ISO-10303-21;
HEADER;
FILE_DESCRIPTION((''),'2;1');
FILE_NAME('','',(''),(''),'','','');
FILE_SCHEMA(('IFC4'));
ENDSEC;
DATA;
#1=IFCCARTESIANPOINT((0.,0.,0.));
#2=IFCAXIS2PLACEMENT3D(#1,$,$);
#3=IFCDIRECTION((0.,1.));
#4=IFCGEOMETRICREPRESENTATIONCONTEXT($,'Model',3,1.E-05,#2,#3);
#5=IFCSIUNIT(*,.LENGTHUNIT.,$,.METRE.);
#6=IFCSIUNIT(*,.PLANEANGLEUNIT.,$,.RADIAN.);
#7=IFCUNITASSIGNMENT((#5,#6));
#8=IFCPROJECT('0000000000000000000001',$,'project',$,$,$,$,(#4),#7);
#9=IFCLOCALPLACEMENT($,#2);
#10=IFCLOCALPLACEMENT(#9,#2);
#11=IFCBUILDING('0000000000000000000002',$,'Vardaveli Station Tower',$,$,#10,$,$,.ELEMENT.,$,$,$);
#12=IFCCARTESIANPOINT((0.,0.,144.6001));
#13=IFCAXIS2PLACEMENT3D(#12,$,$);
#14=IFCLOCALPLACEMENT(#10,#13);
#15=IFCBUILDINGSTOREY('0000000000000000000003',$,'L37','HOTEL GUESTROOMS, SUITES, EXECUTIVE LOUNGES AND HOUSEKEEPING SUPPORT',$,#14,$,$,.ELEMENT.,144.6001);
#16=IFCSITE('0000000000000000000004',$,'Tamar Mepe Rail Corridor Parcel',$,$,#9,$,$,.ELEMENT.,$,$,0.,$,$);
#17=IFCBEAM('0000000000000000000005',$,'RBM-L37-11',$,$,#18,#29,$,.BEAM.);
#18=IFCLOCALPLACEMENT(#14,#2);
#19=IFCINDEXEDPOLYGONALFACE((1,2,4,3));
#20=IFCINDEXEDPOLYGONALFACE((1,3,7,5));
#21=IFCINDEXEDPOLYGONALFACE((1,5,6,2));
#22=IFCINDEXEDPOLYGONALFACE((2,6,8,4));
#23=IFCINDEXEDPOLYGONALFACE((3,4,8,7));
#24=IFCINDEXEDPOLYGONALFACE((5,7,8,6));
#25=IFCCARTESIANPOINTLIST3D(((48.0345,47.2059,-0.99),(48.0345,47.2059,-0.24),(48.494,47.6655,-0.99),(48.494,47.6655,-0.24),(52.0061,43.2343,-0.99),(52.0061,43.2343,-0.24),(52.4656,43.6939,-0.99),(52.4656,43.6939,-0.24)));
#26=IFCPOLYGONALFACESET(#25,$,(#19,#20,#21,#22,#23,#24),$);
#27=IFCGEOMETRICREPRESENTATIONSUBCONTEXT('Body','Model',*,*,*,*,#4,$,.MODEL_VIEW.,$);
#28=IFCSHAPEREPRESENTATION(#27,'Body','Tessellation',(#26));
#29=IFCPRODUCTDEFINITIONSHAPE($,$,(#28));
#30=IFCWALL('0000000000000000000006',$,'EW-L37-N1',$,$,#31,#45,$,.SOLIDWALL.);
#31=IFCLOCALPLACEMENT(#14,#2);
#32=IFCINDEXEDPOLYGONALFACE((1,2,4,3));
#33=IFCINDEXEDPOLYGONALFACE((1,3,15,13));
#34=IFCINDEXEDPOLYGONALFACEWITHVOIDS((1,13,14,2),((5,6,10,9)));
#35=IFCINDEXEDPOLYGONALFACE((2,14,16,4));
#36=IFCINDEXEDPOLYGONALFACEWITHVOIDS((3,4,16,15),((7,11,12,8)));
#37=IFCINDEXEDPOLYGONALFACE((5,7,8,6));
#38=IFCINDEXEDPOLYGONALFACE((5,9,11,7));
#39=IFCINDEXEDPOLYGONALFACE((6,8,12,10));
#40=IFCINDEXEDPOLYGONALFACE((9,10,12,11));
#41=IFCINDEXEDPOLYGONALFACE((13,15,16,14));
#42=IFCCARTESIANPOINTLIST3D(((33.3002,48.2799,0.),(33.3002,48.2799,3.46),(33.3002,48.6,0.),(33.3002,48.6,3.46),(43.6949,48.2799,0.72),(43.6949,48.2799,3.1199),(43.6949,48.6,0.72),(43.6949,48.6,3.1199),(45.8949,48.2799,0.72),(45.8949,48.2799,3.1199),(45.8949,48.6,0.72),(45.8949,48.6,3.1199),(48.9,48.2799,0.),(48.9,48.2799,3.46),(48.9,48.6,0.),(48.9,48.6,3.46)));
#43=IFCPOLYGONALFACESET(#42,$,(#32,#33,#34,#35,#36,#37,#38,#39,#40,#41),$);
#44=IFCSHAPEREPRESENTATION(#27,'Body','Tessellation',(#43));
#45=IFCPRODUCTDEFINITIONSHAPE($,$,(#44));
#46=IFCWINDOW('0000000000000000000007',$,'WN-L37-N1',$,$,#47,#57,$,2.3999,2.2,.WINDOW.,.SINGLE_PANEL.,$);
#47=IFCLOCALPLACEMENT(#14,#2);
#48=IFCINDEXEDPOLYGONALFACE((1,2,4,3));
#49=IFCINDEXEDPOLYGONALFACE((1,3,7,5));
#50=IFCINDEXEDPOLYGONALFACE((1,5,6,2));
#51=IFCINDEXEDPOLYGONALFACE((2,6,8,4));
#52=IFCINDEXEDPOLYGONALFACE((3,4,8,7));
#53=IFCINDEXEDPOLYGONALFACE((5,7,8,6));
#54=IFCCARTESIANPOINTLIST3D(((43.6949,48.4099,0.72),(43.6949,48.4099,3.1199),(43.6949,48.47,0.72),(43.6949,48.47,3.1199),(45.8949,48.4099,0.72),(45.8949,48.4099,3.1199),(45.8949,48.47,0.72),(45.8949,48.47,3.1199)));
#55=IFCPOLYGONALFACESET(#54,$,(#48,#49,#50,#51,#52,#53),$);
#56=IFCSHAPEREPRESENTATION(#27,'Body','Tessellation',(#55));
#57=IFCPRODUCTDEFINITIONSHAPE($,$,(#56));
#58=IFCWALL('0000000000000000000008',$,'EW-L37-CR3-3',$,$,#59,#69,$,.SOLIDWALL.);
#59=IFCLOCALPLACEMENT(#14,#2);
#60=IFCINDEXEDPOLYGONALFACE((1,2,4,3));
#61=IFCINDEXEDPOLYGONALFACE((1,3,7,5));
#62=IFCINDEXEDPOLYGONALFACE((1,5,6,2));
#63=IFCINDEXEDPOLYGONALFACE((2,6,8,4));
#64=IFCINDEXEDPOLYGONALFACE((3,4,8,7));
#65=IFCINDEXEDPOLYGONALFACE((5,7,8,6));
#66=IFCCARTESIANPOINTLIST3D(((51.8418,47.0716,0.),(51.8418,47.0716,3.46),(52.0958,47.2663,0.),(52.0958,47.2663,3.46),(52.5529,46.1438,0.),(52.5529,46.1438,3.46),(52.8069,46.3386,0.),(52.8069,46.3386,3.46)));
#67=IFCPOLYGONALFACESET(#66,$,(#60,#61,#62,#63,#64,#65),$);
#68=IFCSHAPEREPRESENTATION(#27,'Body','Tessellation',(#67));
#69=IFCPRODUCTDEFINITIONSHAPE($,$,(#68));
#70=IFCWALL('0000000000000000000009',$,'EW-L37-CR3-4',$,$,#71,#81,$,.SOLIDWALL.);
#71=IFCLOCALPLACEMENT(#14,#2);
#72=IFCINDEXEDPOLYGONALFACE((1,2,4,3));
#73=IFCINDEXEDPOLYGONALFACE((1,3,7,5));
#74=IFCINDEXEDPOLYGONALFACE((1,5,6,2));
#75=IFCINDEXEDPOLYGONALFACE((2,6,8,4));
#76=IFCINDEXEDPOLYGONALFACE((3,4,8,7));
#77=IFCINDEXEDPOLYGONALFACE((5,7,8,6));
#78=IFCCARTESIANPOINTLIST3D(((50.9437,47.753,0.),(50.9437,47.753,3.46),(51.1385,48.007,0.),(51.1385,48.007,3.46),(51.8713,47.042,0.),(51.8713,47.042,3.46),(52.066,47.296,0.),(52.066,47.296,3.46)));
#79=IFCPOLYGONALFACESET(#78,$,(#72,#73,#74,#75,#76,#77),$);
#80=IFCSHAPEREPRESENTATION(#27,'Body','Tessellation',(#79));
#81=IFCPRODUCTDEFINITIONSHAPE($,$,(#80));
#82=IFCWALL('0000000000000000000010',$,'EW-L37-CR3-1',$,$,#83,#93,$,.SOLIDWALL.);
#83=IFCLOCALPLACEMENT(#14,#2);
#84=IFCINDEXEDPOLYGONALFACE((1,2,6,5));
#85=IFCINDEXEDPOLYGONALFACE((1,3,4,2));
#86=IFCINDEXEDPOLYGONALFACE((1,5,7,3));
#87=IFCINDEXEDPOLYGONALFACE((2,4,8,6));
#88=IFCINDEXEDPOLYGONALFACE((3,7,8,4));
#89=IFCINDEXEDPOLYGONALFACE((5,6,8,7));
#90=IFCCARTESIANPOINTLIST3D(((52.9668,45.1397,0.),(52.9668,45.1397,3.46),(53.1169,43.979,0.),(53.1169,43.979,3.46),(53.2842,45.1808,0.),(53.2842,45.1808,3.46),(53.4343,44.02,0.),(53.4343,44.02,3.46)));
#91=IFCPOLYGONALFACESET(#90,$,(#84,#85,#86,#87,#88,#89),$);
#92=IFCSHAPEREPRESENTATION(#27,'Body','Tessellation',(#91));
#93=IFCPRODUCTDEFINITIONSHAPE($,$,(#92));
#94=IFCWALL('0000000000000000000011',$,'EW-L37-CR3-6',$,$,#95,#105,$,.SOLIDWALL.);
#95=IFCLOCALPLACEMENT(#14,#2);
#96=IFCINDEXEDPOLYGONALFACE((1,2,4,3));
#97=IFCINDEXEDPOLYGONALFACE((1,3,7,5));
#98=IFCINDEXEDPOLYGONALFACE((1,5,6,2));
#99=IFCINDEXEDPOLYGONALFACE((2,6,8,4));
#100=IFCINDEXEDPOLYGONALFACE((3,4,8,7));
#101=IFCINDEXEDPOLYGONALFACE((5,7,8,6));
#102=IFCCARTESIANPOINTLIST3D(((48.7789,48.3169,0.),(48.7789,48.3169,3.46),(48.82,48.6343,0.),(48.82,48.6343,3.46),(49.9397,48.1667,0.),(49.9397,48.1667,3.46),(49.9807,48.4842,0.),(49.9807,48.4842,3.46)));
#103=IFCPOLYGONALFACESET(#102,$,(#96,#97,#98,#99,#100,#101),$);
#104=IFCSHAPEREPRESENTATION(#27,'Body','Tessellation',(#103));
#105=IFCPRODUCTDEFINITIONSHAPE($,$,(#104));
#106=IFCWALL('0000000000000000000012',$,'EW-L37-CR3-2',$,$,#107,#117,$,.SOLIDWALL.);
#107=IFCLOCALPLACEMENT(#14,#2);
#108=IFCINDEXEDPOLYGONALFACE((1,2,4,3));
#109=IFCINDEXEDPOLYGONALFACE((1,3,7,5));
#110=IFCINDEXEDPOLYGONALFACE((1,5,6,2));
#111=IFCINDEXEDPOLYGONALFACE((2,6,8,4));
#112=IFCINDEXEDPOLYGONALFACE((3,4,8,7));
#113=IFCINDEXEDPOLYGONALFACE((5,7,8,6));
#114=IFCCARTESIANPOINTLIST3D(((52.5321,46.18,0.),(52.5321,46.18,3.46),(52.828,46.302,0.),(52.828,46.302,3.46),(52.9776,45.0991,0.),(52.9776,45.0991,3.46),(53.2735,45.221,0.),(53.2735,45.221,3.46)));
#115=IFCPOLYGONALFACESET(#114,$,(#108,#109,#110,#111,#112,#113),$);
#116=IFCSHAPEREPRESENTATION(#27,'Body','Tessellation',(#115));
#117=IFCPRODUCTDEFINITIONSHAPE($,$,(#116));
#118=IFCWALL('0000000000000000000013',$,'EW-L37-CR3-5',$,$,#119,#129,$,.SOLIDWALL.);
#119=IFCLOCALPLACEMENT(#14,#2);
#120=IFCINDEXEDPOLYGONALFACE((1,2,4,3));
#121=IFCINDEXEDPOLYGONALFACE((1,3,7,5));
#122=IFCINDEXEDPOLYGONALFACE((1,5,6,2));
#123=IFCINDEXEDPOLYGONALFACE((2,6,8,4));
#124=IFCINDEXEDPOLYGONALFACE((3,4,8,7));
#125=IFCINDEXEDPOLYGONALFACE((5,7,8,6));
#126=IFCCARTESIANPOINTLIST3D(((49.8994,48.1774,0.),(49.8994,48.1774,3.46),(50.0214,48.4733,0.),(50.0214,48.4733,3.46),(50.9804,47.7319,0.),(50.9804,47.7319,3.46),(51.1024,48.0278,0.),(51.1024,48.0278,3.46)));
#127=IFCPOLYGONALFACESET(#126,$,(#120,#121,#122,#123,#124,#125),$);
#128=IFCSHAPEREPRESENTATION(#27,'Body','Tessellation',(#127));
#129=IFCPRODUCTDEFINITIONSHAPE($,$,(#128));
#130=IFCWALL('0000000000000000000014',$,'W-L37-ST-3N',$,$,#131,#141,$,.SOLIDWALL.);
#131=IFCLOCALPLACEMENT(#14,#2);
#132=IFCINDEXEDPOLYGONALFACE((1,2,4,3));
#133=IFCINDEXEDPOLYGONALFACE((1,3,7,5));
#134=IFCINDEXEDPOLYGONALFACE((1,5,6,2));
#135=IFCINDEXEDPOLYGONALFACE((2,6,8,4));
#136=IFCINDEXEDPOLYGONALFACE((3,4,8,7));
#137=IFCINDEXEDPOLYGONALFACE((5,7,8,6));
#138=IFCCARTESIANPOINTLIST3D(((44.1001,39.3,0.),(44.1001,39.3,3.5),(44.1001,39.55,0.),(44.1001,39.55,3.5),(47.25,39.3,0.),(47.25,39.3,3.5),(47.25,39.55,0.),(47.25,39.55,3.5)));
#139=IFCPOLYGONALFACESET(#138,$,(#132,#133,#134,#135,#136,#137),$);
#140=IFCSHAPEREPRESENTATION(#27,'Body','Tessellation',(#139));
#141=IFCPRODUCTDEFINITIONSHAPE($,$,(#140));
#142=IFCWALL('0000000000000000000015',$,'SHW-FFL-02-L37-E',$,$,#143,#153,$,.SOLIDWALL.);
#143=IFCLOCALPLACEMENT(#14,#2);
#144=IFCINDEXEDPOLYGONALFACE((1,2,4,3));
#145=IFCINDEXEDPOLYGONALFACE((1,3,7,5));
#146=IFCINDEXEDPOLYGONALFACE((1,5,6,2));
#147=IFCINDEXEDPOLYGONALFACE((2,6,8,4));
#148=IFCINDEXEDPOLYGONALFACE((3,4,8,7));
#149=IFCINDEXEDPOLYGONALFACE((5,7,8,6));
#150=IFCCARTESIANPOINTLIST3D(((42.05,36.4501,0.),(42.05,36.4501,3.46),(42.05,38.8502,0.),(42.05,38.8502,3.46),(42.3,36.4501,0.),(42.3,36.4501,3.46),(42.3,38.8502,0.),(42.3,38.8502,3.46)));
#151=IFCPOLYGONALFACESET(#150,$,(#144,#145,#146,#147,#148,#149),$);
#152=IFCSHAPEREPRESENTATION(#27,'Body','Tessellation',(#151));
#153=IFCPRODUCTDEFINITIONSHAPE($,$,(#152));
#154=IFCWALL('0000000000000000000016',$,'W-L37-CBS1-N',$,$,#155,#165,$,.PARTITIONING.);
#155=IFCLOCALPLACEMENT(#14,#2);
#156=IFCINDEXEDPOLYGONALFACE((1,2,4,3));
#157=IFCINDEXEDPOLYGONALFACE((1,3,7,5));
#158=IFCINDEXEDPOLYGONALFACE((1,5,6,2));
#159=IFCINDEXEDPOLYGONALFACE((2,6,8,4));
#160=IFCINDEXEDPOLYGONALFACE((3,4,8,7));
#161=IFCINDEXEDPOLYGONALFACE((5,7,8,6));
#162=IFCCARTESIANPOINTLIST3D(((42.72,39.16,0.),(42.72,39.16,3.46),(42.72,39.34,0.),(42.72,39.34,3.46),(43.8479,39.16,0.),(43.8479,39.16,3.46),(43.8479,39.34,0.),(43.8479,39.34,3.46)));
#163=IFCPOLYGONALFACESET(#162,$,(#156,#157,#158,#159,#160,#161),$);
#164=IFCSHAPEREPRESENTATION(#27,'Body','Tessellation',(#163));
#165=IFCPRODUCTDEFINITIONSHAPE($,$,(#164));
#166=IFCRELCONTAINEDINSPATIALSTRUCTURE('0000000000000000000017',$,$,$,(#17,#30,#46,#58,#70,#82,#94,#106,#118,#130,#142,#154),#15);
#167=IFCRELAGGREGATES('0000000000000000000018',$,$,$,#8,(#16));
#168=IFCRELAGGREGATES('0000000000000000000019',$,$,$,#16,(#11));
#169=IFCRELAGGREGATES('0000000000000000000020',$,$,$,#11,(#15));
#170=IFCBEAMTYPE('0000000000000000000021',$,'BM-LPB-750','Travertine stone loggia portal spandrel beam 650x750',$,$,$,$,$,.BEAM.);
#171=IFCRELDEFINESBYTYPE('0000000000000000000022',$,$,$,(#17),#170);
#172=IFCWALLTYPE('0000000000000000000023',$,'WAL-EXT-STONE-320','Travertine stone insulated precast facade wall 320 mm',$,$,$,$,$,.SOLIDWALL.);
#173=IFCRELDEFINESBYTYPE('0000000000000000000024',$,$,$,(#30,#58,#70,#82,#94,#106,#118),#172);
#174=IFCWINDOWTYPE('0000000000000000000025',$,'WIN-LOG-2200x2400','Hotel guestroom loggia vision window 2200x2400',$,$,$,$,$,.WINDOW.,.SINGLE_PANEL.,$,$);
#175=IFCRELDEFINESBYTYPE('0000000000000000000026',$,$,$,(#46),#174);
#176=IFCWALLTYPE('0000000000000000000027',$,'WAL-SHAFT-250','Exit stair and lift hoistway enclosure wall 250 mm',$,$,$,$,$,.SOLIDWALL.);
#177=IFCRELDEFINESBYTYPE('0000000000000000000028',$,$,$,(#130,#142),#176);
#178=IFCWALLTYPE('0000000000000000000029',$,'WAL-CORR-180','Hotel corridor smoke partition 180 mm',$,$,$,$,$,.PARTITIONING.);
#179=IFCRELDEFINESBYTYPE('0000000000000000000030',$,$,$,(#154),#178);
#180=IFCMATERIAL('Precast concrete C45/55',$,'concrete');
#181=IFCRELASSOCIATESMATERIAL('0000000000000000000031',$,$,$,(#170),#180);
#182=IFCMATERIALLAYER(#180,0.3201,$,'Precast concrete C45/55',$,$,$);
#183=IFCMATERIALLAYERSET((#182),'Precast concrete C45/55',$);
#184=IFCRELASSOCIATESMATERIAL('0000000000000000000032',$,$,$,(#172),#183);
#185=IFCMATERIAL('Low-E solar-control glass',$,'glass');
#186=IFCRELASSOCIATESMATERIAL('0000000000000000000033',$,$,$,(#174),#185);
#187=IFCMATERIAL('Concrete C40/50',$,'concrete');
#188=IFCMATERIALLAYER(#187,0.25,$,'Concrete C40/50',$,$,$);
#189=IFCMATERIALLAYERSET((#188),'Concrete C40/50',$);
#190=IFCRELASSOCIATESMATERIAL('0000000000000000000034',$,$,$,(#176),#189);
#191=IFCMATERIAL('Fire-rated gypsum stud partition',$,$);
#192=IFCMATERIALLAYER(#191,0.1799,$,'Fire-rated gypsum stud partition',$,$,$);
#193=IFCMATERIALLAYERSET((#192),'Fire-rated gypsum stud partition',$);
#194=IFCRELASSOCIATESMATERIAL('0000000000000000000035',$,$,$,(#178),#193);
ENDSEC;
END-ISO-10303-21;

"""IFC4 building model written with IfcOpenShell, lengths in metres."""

from ifc_helpers import new_model, si_unit, direction, frame, frame_2d, origin, origin_2d, place, context, subcontext, project, spatial, rectangle, extrude, source, transform, mapped, material, layer, layer_set, material_profile, profile_set, type_object, element, fill, save


model = new_model("IFC4")

# Units and contexts
model_context = context("Model", 3, precision=1e-05, world=origin(), true_north=direction((0.0, 1.0)))
body_context = subcontext(model_context, "Body", "Model", "MODEL_VIEW")
ifc_project = project(units=[si_unit("LENGTHUNIT", "METRE"), si_unit("PLANEANGLEUNIT", "RADIAN")], contexts=[model_context])

# Site, building, storey
site_placement = place(None, origin())
site = spatial("IfcSite", under=ifc_project, at=site_placement, Name="Tamar Mepe Rail Corridor Parcel", CompositionType="ELEMENT", RefElevation=0.0)
building_placement = place(site_placement, origin())
building = spatial("IfcBuilding", under=site, at=building_placement, Name="Vardaveli Station Tower", CompositionType="ELEMENT")
storey_placement = place(building_placement, frame((0.0, 0.0, 144.6001)))
storey = spatial("IfcBuildingStorey", under=building, at=storey_placement, Name="L37", Description="HOTEL GUESTROOMS, SUITES, EXECUTIVE LOUNGES AND HOUSEKEEPING SUPPORT", CompositionType="ELEMENT", Elevation=144.6001)

# Beam
ifc_material_1 = material(Name="Precast concrete C45/55", Category="concrete")
ifc_material_profile_1 = material_profile(ifc_material_1, rectangle(XDim=0.6499, YDim=0.75, at=origin_2d()), Name="LPB 650x750")
ifc_profile_set_1 = profile_set([ifc_material_profile_1], Name="Precast concrete C45/55")
beam_type = type_object("IfcBeamType", Name="BM-LPB-750", Description="Travertine stone loggia portal spandrel beam 650x750", PredefinedType="BEAM", material=ifc_profile_set_1)
shared_shape_1 = source(origin(), body_context, "Body", "SweptSolid", [
    extrude(rectangle(XDim=0.6499, YDim=0.75, at=origin_2d()), origin(), (0.0, 0.0, 1.0), 5.6167),
])
beam_placement = place(storey_placement, frame((52.2358, 43.4641, -0.615), z_axis=(-0.707107, 0.707107, 0.0), x_axis=(-0.707107, -0.707107, 0.0)))
element("IfcBeam", 1, at=beam_placement, inside=storey, type_object=beam_type, Name="RBM-L37-11", PredefinedType="BEAM", context=body_context, shape_type="MappedRepresentation", body=[
    mapped(shared_shape_1, transform((0.0, 0.0, 0.0), scale=1.0)),
])

# Wall, opening, window
ifc_layer_1 = layer(ifc_material_1, 0.3201, Name="Precast concrete C45/55")
ifc_layer_set_1 = layer_set([ifc_layer_1], Name="Precast concrete C45/55")
wall_type_1 = type_object("IfcWallType", Name="WAL-EXT-STONE-320", Description="Travertine stone insulated precast facade wall 320 mm", PredefinedType="SOLIDWALL", material=ifc_layer_set_1)
shared_shape_2 = source(origin(), body_context, "Body", "SweptSolid", [
    extrude(rectangle(XDim=15.5999, YDim=0.3201, at=frame_2d((7.7998, 0.0))), origin(), (0.0, 0.0, 1.0), 3.46),
])
wall_1_placement = place(storey_placement, frame((48.8999, 48.4399, 0.0), z_axis=(0.0, 0.0, 1.0), x_axis=(-1.0, 0.0, 0.0)))
wall_1 = element("IfcWall", 2, at=wall_1_placement, inside=storey, type_object=wall_type_1, Name="EW-L37-N1", PredefinedType="SOLIDWALL", context=body_context, shape_type="MappedRepresentation", body=[
    mapped(shared_shape_2, transform((0.0, 0.0, 0.0), scale=1.0)),
])
shared_shape_3 = source(origin(), body_context, "Body", "SweptSolid", [
    extrude(rectangle(XDim=2.2, YDim=2.3999, at=frame_2d((1.1001, 1.2))), frame((0.0, 0.1699, 0.0), z_axis=(0.0, -1.0, 0.0), x_axis=(1.0, 0.0, 0.0)), (0.0, 0.0, 1.0), 0.3401),
])
opening_placement = place(wall_1_placement, frame((3.0049, 0.0, 0.72)))
opening = element("IfcOpeningElement", 3, at=opening_placement, cuts=wall_1, PredefinedType="OPENING", context=body_context, shape_type="MappedRepresentation", body=[
    mapped(shared_shape_3, transform((0.0, 0.0, 0.0), scale=1.0)),
])
ifc_material_2 = material(Name="Low-E solar-control glass", Category="glass")
window_type = type_object("IfcWindowType", Name="WIN-LOG-2200x2400", Description="Hotel guestroom loggia vision window 2200x2400", PartitioningType="SINGLE_PANEL", PredefinedType="WINDOW", material=ifc_material_2)
shared_shape_4 = source(origin(), body_context, "Body", "SweptSolid", [
    extrude(rectangle(XDim=2.2, YDim=2.3999, at=frame_2d((1.1001, 1.2))), frame((0.0, 0.03, 0.0), z_axis=(0.0, -1.0, 0.0), x_axis=(1.0, 0.0, 0.0)), (0.0, 0.0, 1.0), 0.0601),
])
window_placement = place(opening_placement, origin())
window = element("IfcWindow", 4, at=window_placement, inside=storey, type_object=window_type, Name="WN-L37-N1", OverallHeight=2.3999, OverallWidth=2.2, PartitioningType="SINGLE_PANEL", PredefinedType="WINDOW", context=body_context, shape_type="MappedRepresentation", body=[
    mapped(shared_shape_4, transform((0.0, 0.0, 0.0), scale=1.0)),
])
fill(opening, window)

# Walls
shared_shape_5 = source(origin(), body_context, "Body", "SweptSolid", [
    extrude(rectangle(XDim=1.1689, YDim=0.3201, at=frame_2d((0.5845, 0.0))), origin(), (0.0, 0.0, 1.0), 3.46),
])
wall_2_placement = place(storey_placement, frame((52.6799, 46.2412, 0.0), z_axis=(0.0, 0.0, 1.0), x_axis=(-0.608388, 0.79364, 0.0)))
element("IfcWall", 5, at=wall_2_placement, inside=storey, type_object=wall_type_1, Name="EW-L37-CR3-3", PredefinedType="SOLIDWALL", context=body_context, shape_type="MappedRepresentation", body=[
    mapped(shared_shape_5, transform((0.0, 0.0, 0.0), scale=1.0)),
])
shared_shape_6 = source(origin(), body_context, "Body", "SweptSolid", [
    extrude(rectangle(XDim=1.1687, YDim=0.3201, at=frame_2d((0.5845, 0.0))), origin(), (0.0, 0.0, 1.0), 3.46),
])
wall_3_placement = place(storey_placement, frame((51.9688, 47.1689, 0.0), z_axis=(0.0, 0.0, 1.0), x_axis=(-0.793664, 0.608357, 0.0)))
element("IfcWall", 6, at=wall_3_placement, inside=storey, type_object=wall_type_1, Name="EW-L37-CR3-4", PredefinedType="SOLIDWALL", context=body_context, shape_type="MappedRepresentation", body=[
    mapped(shared_shape_6, transform((0.0, 0.0, 0.0), scale=1.0)),
])
shared_shape_7 = source(origin(), body_context, "Body", "SweptSolid", [
    extrude(rectangle(XDim=1.1704, YDim=0.3201, at=frame_2d((0.5852, 0.0))), origin(), (0.0, 0.0, 1.0), 3.46),
])
for number, where, z_axis, x_axis, name in (
    (7, (53.2756, 43.9995, 0.0), (0.0, 0.0, 1.0), (-0.128296, 0.991736, 0.0), "EW-L37-CR3-1"),
    (8, (49.9602, 48.3254, 0.0), (0.0, 0.0, 1.0), (-0.991736, 0.128296, 0.0), "EW-L37-CR3-6"),
):
    element("IfcWall", number, at=place(storey_placement, frame(where, z_axis=z_axis, x_axis=x_axis)), inside=storey, type_object=wall_type_1, Name=name, PredefinedType="SOLIDWALL", context=body_context, shape_type="MappedRepresentation", body=[
        mapped(shared_shape_7, transform((0.0, 0.0, 0.0), scale=1.0)),
    ])
shared_shape_8 = source(origin(), body_context, "Body", "SweptSolid", [
    extrude(rectangle(XDim=1.1692, YDim=0.3201, at=frame_2d((0.5845, 0.0))), origin(), (0.0, 0.0, 1.0), 3.46),
])
for number, where, z_axis, x_axis, name in (
    (9, (53.1255, 45.1602, 0.0), (0.0, 0.0, 1.0), (-0.381054, 0.924553, 0.0), "EW-L37-CR3-2"),
    (10, (51.0413, 47.8799, 0.0), (0.0, 0.0, 1.0), (-0.924553, 0.381054, 0.0), "EW-L37-CR3-5"),
):
    element("IfcWall", number, at=place(storey_placement, frame(where, z_axis=z_axis, x_axis=x_axis)), inside=storey, type_object=wall_type_1, Name=name, PredefinedType="SOLIDWALL", context=body_context, shape_type="MappedRepresentation", body=[
        mapped(shared_shape_8, transform((0.0, 0.0, 0.0), scale=1.0)),
    ])
ifc_material_3 = material(Name="Concrete C40/50", Category="concrete")
ifc_layer_2 = layer(ifc_material_3, 0.25, Name="Concrete C40/50")
ifc_layer_set_2 = layer_set([ifc_layer_2], Name="Concrete C40/50")
wall_type_2 = type_object("IfcWallType", Name="WAL-SHAFT-250", Description="Exit stair and lift hoistway enclosure wall 250 mm", PredefinedType="SOLIDWALL", material=ifc_layer_set_2)
shared_shape_9 = source(origin(), body_context, "Body", "SweptSolid", [
    extrude(rectangle(XDim=3.1499, YDim=0.25, at=frame_2d((1.575, 0.0))), origin(), (0.0, 0.0, 1.0), 3.5),
])
wall_4_placement = place(storey_placement, frame((44.1001, 39.425, 0.0), z_axis=(0.0, 0.0, 1.0), x_axis=(1.0, 0.0, 0.0)))
element("IfcWall", 11, at=wall_4_placement, inside=storey, type_object=wall_type_2, Name="W-L37-ST-3N", PredefinedType="SOLIDWALL", context=body_context, shape_type="MappedRepresentation", body=[
    mapped(shared_shape_9, transform((0.0, 0.0, 0.0), scale=1.0)),
])
shared_shape_10 = source(origin(), body_context, "Body", "SweptSolid", [
    extrude(rectangle(XDim=2.4001, YDim=0.25, at=frame_2d((1.2002, 0.0))), origin(), (0.0, 0.0, 1.0), 3.46),
])
wall_5_placement = place(storey_placement, frame((42.175, 36.45, 0.0), z_axis=(0.0, 0.0, 1.0), x_axis=(0.0, 1.0, 0.0)))
element("IfcWall", 12, at=wall_5_placement, inside=storey, type_object=wall_type_2, Name="SHW-FFL-02-L37-E", PredefinedType="SOLIDWALL", context=body_context, shape_type="MappedRepresentation", body=[
    mapped(shared_shape_10, transform((0.0, 0.0, 0.0), scale=1.0)),
])
ifc_material_4 = material(Name="Fire-rated gypsum stud partition")
ifc_layer_3 = layer(ifc_material_4, 0.1799, Name="Fire-rated gypsum stud partition")
ifc_layer_set_3 = layer_set([ifc_layer_3], Name="Fire-rated gypsum stud partition")
wall_type_3 = type_object("IfcWallType", Name="WAL-CORR-180", Description="Hotel corridor smoke partition 180 mm", PredefinedType="PARTITIONING", material=ifc_layer_set_3)
shared_shape_11 = source(origin(), body_context, "Body", "SweptSolid", [
    extrude(rectangle(XDim=1.1279, YDim=0.1799, at=frame_2d((0.564, 0.0))), origin(), (0.0, 0.0, 1.0), 3.46),
])
wall_6_placement = place(storey_placement, frame((42.72, 39.25, 0.0), z_axis=(0.0, 0.0, 1.0), x_axis=(1.0, 0.0, 0.0)))
element("IfcWall", 13, at=wall_6_placement, inside=storey, type_object=wall_type_3, Name="W-L37-CBS1-N", PredefinedType="PARTITIONING", context=body_context, shape_type="MappedRepresentation", body=[
    mapped(shared_shape_11, transform((0.0, 0.0, 0.0), scale=1.0)),
])

save(model, "model.ifc")
